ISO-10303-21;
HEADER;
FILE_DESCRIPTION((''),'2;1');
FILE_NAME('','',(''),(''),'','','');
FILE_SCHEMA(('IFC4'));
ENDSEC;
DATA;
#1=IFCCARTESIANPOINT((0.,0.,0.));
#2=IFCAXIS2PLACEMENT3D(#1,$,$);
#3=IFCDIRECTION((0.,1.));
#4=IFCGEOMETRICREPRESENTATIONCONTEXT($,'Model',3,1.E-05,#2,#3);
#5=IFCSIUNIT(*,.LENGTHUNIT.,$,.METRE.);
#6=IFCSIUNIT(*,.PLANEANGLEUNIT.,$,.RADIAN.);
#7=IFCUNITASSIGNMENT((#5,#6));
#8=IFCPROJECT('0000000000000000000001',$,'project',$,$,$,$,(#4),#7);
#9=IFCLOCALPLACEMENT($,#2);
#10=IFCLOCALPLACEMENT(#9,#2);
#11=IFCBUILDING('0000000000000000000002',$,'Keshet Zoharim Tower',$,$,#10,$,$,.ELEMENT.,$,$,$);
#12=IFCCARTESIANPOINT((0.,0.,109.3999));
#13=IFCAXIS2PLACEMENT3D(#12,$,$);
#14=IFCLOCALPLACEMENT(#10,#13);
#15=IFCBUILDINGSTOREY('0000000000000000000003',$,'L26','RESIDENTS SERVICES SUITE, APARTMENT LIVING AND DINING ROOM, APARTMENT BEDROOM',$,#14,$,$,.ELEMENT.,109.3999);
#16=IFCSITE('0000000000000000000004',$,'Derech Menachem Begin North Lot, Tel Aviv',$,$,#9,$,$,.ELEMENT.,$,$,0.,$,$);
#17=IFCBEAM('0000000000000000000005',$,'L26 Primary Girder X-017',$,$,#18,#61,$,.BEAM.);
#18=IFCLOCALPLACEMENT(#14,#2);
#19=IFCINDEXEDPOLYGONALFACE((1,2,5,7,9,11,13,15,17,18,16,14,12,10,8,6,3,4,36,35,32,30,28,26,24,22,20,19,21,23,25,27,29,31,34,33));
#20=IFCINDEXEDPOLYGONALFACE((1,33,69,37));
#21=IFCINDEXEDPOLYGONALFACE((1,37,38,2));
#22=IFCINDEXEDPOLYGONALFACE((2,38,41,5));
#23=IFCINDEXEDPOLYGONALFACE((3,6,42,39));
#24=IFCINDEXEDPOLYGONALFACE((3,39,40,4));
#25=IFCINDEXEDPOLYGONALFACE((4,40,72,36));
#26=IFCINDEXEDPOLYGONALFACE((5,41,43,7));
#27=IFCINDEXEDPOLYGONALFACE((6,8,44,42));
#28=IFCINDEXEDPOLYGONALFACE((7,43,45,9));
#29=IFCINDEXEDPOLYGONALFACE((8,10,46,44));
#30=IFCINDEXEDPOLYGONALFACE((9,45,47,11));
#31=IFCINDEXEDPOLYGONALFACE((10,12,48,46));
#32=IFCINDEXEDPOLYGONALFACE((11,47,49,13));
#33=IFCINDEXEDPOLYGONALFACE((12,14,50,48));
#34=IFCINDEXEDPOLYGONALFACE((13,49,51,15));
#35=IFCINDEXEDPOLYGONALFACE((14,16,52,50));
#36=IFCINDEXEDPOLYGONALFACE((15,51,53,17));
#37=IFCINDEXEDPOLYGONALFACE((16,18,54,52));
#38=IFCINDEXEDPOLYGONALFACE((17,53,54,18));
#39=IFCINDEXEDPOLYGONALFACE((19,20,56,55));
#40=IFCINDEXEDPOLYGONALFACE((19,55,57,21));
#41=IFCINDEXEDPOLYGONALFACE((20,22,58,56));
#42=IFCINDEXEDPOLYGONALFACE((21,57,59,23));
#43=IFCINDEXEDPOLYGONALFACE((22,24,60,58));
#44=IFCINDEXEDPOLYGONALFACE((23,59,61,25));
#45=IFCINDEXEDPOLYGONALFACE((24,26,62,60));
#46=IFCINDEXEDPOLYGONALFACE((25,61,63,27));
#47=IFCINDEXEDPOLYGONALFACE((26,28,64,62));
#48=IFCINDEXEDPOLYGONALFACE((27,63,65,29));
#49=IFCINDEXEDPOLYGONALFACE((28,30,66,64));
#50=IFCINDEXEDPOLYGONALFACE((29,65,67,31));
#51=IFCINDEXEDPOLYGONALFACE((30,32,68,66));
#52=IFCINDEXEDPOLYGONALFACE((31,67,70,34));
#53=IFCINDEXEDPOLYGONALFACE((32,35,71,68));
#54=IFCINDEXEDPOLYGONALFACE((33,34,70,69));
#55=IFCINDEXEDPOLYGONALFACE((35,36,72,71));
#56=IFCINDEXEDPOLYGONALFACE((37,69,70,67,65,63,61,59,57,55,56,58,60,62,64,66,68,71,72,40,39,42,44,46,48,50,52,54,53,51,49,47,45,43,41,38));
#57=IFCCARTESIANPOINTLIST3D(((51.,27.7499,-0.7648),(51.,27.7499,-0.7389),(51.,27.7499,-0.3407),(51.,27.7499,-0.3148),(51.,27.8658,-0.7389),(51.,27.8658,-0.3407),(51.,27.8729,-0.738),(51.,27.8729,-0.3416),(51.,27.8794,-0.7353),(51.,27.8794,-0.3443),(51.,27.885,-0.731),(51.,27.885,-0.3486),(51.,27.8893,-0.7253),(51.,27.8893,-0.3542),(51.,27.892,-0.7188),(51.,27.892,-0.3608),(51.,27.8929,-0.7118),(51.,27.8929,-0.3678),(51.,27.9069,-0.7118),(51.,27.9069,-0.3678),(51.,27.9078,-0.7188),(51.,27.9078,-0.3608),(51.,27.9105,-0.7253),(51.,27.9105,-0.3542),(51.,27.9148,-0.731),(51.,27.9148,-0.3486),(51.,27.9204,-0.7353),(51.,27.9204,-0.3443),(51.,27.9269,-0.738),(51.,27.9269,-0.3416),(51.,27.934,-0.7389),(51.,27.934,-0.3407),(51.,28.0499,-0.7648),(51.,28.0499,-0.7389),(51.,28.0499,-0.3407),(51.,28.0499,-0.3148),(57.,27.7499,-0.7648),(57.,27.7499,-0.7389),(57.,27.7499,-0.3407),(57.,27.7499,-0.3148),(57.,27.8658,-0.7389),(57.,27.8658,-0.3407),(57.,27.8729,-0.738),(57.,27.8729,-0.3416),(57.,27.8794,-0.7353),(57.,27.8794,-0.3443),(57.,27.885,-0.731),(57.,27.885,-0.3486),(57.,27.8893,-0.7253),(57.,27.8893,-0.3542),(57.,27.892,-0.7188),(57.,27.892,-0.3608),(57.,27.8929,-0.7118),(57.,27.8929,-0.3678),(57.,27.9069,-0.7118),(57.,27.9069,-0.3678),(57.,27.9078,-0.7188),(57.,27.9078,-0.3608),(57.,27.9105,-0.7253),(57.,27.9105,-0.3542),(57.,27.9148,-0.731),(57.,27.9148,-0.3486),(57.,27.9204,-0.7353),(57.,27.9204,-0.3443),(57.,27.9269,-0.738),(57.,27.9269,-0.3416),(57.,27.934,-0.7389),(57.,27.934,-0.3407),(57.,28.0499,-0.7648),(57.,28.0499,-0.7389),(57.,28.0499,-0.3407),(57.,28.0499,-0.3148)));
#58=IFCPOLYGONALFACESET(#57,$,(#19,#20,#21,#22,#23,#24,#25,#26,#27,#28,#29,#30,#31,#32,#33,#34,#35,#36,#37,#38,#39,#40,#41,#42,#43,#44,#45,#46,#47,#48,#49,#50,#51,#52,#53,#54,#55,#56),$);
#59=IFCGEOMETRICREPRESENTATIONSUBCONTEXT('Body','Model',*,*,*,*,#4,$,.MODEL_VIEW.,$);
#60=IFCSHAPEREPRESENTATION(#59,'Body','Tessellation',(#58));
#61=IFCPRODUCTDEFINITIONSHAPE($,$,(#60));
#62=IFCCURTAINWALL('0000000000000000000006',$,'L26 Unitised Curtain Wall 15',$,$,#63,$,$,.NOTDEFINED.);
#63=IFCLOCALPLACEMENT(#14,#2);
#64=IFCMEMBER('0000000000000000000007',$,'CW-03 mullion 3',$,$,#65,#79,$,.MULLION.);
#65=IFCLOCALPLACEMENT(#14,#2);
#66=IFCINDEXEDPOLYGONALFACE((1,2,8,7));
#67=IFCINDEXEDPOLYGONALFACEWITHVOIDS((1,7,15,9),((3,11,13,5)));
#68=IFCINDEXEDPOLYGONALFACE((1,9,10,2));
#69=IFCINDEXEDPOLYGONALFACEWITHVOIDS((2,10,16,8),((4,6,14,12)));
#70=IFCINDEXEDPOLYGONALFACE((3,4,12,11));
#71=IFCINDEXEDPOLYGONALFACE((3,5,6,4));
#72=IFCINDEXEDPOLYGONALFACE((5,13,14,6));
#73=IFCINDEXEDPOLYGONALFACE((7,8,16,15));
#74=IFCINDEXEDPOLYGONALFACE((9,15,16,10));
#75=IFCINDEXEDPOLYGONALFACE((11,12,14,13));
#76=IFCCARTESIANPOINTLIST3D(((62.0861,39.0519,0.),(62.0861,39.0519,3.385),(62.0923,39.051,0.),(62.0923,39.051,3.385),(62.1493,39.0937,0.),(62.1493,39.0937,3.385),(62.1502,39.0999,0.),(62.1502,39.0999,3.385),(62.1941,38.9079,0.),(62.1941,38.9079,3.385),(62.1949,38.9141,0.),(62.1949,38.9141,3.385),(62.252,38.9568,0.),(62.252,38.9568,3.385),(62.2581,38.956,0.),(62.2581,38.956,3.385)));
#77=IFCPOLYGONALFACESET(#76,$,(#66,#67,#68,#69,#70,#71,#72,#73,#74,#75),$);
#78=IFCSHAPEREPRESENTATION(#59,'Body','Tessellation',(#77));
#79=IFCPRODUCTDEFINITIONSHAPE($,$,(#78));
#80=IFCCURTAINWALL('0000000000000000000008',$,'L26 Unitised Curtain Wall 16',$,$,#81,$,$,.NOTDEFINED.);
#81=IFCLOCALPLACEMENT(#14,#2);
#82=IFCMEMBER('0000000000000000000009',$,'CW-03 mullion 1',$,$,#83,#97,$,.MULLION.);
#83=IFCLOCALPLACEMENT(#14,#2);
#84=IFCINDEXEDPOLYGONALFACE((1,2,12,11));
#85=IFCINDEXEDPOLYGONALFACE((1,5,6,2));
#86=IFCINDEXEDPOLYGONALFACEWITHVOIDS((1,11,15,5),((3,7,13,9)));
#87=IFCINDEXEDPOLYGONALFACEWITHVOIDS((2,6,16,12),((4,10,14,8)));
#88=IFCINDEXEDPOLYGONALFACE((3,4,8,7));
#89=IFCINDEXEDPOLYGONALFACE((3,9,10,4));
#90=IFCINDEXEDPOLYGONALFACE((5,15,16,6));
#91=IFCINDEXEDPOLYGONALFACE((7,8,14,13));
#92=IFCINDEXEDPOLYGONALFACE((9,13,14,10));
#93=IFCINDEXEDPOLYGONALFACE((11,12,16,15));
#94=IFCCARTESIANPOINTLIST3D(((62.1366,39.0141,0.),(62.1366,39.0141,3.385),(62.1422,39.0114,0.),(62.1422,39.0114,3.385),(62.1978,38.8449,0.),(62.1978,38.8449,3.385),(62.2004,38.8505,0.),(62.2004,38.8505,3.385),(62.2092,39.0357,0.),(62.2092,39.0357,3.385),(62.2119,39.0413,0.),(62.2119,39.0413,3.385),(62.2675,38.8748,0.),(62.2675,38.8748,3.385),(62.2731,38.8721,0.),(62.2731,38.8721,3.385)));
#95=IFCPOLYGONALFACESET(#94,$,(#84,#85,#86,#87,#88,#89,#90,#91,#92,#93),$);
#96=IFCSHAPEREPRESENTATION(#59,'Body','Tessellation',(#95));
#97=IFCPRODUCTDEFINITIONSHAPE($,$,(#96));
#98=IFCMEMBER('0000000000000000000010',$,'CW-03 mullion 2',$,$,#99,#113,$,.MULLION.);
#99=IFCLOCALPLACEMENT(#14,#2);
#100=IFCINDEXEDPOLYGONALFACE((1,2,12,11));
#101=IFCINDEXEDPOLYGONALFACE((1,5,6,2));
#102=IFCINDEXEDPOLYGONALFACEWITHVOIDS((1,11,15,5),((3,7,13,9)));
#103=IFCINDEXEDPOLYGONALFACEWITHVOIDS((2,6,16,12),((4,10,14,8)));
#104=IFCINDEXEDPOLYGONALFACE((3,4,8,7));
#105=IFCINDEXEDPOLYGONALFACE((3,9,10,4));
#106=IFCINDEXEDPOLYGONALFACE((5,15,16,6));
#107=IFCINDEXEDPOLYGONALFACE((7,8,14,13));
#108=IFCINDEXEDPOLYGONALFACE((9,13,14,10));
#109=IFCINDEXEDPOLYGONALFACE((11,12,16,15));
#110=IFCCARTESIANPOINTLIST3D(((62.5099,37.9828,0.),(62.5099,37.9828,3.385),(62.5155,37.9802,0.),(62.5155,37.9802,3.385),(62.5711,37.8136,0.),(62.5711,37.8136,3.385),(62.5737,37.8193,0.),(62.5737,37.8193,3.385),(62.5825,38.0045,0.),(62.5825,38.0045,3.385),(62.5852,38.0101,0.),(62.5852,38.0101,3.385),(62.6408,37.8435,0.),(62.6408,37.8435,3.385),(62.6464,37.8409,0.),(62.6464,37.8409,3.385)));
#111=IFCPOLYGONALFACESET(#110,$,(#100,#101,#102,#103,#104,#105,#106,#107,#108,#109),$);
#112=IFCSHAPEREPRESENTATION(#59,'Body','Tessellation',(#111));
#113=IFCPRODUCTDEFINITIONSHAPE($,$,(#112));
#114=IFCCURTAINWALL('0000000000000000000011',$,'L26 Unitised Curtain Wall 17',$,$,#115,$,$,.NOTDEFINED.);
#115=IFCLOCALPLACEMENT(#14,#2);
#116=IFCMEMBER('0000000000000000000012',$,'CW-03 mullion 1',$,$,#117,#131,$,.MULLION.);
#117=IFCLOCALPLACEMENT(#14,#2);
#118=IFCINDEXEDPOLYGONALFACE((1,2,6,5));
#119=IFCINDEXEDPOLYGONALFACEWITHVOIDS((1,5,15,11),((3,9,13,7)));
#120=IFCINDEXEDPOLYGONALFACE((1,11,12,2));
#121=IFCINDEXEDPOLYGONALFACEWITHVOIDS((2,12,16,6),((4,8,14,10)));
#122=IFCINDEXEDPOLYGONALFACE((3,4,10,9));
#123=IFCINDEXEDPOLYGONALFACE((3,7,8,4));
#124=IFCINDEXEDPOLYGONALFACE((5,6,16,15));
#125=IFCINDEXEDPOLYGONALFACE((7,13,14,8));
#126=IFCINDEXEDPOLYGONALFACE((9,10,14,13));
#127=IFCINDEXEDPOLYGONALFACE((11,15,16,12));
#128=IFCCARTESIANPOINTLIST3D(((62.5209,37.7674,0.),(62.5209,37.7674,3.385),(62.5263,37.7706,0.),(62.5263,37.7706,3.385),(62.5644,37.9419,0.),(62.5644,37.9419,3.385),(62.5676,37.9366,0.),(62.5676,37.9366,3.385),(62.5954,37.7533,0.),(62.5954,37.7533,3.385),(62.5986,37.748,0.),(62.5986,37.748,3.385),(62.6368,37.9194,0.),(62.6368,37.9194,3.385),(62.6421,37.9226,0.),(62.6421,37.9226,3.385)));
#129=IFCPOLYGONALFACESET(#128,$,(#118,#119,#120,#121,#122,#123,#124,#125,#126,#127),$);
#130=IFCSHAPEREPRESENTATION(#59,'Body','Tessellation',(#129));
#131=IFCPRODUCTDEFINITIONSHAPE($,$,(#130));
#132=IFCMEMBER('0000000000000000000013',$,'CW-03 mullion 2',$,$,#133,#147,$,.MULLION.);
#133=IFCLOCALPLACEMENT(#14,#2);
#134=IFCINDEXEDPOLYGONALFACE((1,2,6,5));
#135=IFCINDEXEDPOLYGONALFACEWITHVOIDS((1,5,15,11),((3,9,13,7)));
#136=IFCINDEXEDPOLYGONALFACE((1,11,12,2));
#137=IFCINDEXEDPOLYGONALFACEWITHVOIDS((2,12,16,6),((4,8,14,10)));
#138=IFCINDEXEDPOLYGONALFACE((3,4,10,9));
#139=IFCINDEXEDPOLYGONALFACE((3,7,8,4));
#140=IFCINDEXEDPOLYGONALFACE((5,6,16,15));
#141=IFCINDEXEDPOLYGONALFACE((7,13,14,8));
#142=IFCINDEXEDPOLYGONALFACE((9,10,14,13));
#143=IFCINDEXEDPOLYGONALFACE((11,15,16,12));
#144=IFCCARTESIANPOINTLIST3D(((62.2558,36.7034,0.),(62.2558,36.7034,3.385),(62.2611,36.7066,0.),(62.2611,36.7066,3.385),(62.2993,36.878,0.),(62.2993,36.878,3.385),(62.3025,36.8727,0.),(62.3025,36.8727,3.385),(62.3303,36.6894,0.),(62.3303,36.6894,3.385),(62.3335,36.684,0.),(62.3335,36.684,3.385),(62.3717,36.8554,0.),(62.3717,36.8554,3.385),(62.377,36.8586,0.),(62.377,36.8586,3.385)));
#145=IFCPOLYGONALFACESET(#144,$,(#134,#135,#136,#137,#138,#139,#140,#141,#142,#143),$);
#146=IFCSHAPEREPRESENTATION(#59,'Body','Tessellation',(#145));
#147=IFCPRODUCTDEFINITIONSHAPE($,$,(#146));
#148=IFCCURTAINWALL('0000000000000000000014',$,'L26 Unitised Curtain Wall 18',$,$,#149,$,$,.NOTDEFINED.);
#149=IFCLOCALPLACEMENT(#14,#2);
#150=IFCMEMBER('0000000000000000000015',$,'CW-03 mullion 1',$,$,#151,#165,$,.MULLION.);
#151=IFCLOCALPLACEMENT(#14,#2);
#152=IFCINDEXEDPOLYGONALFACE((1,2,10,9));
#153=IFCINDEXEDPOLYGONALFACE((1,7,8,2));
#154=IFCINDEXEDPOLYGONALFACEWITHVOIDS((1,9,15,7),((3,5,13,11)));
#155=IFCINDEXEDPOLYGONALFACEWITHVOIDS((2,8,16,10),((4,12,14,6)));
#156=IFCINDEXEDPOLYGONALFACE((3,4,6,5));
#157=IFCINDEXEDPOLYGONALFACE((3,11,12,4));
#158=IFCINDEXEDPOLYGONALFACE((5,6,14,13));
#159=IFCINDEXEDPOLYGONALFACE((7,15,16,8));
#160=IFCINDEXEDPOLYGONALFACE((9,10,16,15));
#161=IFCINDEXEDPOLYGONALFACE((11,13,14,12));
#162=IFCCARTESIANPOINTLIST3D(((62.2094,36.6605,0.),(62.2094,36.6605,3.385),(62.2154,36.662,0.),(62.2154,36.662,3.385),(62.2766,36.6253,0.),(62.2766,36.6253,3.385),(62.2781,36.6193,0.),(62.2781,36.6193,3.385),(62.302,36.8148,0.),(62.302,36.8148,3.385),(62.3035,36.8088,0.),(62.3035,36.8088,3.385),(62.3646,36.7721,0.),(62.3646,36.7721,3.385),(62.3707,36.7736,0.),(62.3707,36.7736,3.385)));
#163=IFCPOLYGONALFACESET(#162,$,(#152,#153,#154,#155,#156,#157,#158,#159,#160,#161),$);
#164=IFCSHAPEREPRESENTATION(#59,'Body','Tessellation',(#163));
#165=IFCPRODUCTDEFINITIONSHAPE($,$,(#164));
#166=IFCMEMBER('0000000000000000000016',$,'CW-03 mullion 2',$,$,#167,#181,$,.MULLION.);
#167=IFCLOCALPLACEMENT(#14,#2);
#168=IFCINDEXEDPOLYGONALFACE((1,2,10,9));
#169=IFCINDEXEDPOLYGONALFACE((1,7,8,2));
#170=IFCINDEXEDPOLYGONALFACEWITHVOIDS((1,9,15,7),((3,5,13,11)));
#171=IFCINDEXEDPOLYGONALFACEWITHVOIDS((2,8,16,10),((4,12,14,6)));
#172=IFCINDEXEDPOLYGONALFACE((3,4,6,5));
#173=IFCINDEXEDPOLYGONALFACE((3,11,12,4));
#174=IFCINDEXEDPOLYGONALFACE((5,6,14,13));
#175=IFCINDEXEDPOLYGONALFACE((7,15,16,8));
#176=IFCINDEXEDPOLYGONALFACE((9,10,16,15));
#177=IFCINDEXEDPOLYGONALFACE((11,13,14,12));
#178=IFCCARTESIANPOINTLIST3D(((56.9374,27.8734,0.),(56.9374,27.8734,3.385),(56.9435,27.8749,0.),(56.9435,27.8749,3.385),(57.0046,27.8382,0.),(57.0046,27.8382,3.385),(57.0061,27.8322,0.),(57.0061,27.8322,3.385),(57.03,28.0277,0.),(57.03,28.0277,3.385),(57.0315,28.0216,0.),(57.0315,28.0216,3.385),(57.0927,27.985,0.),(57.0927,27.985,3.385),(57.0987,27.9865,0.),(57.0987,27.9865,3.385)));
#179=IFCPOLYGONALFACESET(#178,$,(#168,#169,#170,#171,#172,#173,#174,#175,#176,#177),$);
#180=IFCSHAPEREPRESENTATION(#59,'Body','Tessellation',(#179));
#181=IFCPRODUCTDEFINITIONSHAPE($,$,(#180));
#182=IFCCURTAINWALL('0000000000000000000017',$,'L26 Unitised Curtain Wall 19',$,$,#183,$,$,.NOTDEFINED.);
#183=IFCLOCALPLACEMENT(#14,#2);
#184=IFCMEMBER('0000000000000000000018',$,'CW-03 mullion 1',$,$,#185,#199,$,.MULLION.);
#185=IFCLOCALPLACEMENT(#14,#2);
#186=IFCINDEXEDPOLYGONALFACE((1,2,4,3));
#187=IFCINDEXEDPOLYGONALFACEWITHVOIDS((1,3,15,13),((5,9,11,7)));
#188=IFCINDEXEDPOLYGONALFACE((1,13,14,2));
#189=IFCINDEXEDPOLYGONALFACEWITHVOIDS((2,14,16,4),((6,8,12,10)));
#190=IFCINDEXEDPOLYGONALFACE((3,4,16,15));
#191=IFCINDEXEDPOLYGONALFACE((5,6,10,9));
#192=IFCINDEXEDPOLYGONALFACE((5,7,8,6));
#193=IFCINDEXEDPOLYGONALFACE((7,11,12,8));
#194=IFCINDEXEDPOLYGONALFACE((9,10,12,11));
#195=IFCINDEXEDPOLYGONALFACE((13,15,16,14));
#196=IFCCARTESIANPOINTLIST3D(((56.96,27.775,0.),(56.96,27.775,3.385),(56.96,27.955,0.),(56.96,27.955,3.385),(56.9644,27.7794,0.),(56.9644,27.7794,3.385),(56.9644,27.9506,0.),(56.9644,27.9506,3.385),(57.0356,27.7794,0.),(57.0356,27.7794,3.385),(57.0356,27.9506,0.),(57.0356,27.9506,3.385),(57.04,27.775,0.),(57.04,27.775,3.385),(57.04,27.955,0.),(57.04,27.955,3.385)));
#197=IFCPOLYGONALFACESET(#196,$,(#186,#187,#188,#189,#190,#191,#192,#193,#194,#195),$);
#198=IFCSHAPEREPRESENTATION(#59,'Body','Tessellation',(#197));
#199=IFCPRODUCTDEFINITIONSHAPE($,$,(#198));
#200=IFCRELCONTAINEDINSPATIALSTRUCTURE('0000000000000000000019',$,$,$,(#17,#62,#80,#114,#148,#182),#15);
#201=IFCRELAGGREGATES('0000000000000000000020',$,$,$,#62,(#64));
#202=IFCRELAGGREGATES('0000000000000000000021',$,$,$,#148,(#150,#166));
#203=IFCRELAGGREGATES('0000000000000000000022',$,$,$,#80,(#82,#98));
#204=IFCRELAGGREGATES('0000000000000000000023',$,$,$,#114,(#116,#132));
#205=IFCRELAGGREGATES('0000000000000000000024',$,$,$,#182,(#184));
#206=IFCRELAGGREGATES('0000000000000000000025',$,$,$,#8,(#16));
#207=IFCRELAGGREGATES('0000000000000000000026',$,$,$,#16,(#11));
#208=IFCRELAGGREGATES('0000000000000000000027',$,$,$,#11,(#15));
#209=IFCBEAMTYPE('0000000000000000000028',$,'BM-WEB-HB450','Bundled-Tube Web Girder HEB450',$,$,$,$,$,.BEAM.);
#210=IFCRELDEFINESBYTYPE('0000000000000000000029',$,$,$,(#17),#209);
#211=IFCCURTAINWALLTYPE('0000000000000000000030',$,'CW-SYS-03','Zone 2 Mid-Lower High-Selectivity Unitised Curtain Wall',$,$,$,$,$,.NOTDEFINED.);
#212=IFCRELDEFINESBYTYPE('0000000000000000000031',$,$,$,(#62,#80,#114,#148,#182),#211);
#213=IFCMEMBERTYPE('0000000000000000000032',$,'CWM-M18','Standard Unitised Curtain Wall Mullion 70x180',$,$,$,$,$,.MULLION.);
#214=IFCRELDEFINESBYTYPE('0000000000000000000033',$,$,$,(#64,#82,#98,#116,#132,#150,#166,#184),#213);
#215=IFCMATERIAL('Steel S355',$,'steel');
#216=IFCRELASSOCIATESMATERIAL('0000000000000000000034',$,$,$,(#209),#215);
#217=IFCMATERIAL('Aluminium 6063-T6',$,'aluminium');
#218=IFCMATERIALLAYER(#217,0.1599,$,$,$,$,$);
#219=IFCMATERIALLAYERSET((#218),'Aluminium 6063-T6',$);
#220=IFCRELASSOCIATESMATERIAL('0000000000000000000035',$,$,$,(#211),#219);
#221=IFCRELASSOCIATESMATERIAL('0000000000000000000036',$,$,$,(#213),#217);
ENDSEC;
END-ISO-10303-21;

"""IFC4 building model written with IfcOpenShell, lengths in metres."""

from ifc_helpers import new_model, si_unit, direction, frame, origin, origin_2d, place, context, subcontext, project, spatial, hollow_rectangle, i_section, extrude, material, layer, layer_set, material_profile, profile_set, type_object, element, aggregate, save


model = new_model("IFC4")

# Units and contexts
model_context = context("Model", 3, precision=1e-05, world=origin(), true_north=direction((0.0, 1.0)))
body_context = subcontext(model_context, "Body", "Model", "MODEL_VIEW")
ifc_project = project(units=[si_unit("LENGTHUNIT", "METRE"), si_unit("PLANEANGLEUNIT", "RADIAN")], contexts=[model_context])

# Site, building, storey
site_placement = place(None, origin())
site = spatial("IfcSite", under=ifc_project, at=site_placement, Name="Derech Menachem Begin North Lot, Tel Aviv", CompositionType="ELEMENT", RefElevation=0.0)
building_placement = place(site_placement, origin())
building = spatial("IfcBuilding", under=site, at=building_placement, Name="Keshet Zoharim Tower", CompositionType="ELEMENT")
storey_placement = place(building_placement, frame((0.0, 0.0, 109.3999)))
storey = spatial("IfcBuildingStorey", under=building, at=storey_placement, Name="L26", Description="RESIDENTS SERVICES SUITE, APARTMENT LIVING AND DINING ROOM, APARTMENT BEDROOM", CompositionType="ELEMENT", Elevation=109.3999)

# Shared definitions
ifc_material_1 = material(Name="Steel S355", Category="steel")

# Beam
ifc_material_profile_1 = material_profile(ifc_material_1, i_section(OverallWidth=0.3, OverallDepth=0.45, WebThickness=0.0139, FlangeThickness=0.0259, FilletRadius=0.0271, at=origin_2d()), Name="HEB450")
ifc_profile_set_1 = profile_set([ifc_material_profile_1], Name="Steel S355")
beam_type_1 = type_object("IfcBeamType", Name="BM-WEB-HB450", Description="Bundled-Tube Web Girder HEB450", PredefinedType="BEAM", material=ifc_profile_set_1)
beam_1_placement = place(storey_placement, frame((51.0, 27.8999, -0.5398), z_axis=(1.0, 0.0, 0.0), x_axis=(0.0, 1.0, 0.0)))
element("IfcBeam", 1, at=beam_1_placement, inside=storey, type_object=beam_type_1, Name="L26 Primary Girder X-017", PredefinedType="BEAM", context=body_context, shape_type="SweptSolid", body=[
    extrude(i_section(OverallWidth=0.3, OverallDepth=0.45, WebThickness=0.0139, FlangeThickness=0.0259, FilletRadius=0.0271, at=origin_2d()), origin(), (0.0, 0.0, 1.0), 6.0),
])

# Curtain wall, member
ifc_material_2 = material(Name="Aluminium 6063-T6", Category="aluminium")
ifc_layer_1 = layer(ifc_material_2, 0.1599)
ifc_layer_set_1 = layer_set([ifc_layer_1], Name="Aluminium 6063-T6")
curtain_wall_type = type_object("IfcCurtainWallType", Name="CW-SYS-03", Description="Zone 2 Mid-Lower High-Selectivity Unitised Curtain Wall", PredefinedType="NOTDEFINED", material=ifc_layer_set_1)
curtain_wall_1_placement = place(storey_placement, origin())
curtain_wall_1 = element("IfcCurtainWall", 2, at=curtain_wall_1_placement, inside=storey, type_object=curtain_wall_type, Name="L26 Unitised Curtain Wall 15", PredefinedType="NOTDEFINED")
ifc_material_profile_2 = material_profile(ifc_material_2, hollow_rectangle(XDim=0.0801, YDim=0.1799, WallThickness=0.0044, at=origin_2d()), Name="MUL-80x180")
ifc_profile_set_2 = profile_set([ifc_material_profile_2], Name="Aluminium 6063-T6")
member_type_1 = type_object("IfcMemberType", Name="CWM-M18", Description="Standard Unitised Curtain Wall Mullion 70x180", PredefinedType="MULLION", material=ifc_profile_set_2)
member_1_placement = place(storey_placement, frame((62.1721, 39.0039, 0.0), z_axis=(0.0, 0.0, 1.0), x_axis=(0.8, 0.6, 0.0)))
member_1 = element("IfcMember", 3, at=member_1_placement, type_object=member_type_1, Name="CW-03 mullion 3", PredefinedType="MULLION", context=body_context, shape_type="SweptSolid", body=[
    extrude(hollow_rectangle(XDim=0.0801, YDim=0.1799, WallThickness=0.0044, at=origin_2d()), origin(), (0.0, 0.0, 1.0), 3.385),
])
aggregate(curtain_wall_1, [member_1])

# Curtain walls, members
curtain_wall_2_placement = place(storey_placement, origin())
curtain_wall_2 = element("IfcCurtainWall", 4, at=curtain_wall_2_placement, inside=storey, type_object=curtain_wall_type, Name="L26 Unitised Curtain Wall 16", PredefinedType="NOTDEFINED")
member_2_placement = place(storey_placement, frame((62.2048, 38.9431, 0.0), z_axis=(0.0, 0.0, 1.0), x_axis=(0.940318, 0.340297, 0.0)))
member_2 = element("IfcMember", 5, at=member_2_placement, type_object=member_type_1, Name="CW-03 mullion 1", PredefinedType="MULLION", context=body_context, shape_type="SweptSolid", body=[
    extrude(hollow_rectangle(XDim=0.0801, YDim=0.1799, WallThickness=0.0044, at=origin_2d()), origin(), (0.0, 0.0, 1.0), 3.385),
])
member_3_placement = place(storey_placement, frame((62.5781, 37.9119, 0.0), z_axis=(0.0, 0.0, 1.0), x_axis=(0.940318, 0.340297, 0.0)))
member_3 = element("IfcMember", 6, at=member_3_placement, type_object=member_type_1, Name="CW-03 mullion 2", PredefinedType="MULLION", context=body_context, shape_type="SweptSolid", body=[
    extrude(hollow_rectangle(XDim=0.0801, YDim=0.1799, WallThickness=0.0044, at=origin_2d()), origin(), (0.0, 0.0, 1.0), 3.385),
])
curtain_wall_3_placement = place(storey_placement, origin())
curtain_wall_3 = element("IfcCurtainWall", 7, at=curtain_wall_3_placement, inside=storey, type_object=curtain_wall_type, Name="L26 Unitised Curtain Wall 17", PredefinedType="NOTDEFINED")
member_4_placement = place(storey_placement, frame((62.5815, 37.845, 0.0), z_axis=(0.0, 0.0, 1.0), x_axis=(0.970344, -0.241729, 0.0)))
member_4 = element("IfcMember", 8, at=member_4_placement, type_object=member_type_1, Name="CW-03 mullion 1", PredefinedType="MULLION", context=body_context, shape_type="SweptSolid", body=[
    extrude(hollow_rectangle(XDim=0.0801, YDim=0.1799, WallThickness=0.0044, at=origin_2d()), origin(), (0.0, 0.0, 1.0), 3.385),
])
member_5_placement = place(storey_placement, frame((62.3164, 36.781, 0.0), z_axis=(0.0, 0.0, 1.0), x_axis=(0.970344, -0.241729, 0.0)))
member_5 = element("IfcMember", 9, at=member_5_placement, type_object=member_type_1, Name="CW-03 mullion 2", PredefinedType="MULLION", context=body_context, shape_type="SweptSolid", body=[
    extrude(hollow_rectangle(XDim=0.0801, YDim=0.1799, WallThickness=0.0044, at=origin_2d()), origin(), (0.0, 0.0, 1.0), 3.385),
])
curtain_wall_4_placement = place(storey_placement, origin())
curtain_wall_4 = element("IfcCurtainWall", 10, at=curtain_wall_4_placement, inside=storey, type_object=curtain_wall_type, Name="L26 Unitised Curtain Wall 18", PredefinedType="NOTDEFINED")
member_6_placement = place(storey_placement, frame((62.29, 36.717, 0.0), z_axis=(0.0, 0.0, 1.0), x_axis=(0.857501, -0.514482, 0.0)))
member_6 = element("IfcMember", 11, at=member_6_placement, type_object=member_type_1, Name="CW-03 mullion 1", PredefinedType="MULLION", context=body_context, shape_type="SweptSolid", body=[
    extrude(hollow_rectangle(XDim=0.0801, YDim=0.1799, WallThickness=0.0044, at=origin_2d()), origin(), (0.0, 0.0, 1.0), 3.385),
])
member_7_placement = place(storey_placement, frame((57.0181, 27.9299, 0.0), z_axis=(0.0, 0.0, 1.0), x_axis=(0.857501, -0.514482, 0.0)))
member_7 = element("IfcMember", 12, at=member_7_placement, type_object=member_type_1, Name="CW-03 mullion 2", PredefinedType="MULLION", context=body_context, shape_type="SweptSolid", body=[
    extrude(hollow_rectangle(XDim=0.0801, YDim=0.1799, WallThickness=0.0044, at=origin_2d()), origin(), (0.0, 0.0, 1.0), 3.385),
])

# Curtain wall, member
curtain_wall_5_placement = place(storey_placement, origin())
curtain_wall_5 = element("IfcCurtainWall", 13, at=curtain_wall_5_placement, inside=storey, type_object=curtain_wall_type, Name="L26 Unitised Curtain Wall 19", PredefinedType="NOTDEFINED")
member_8_placement = place(storey_placement, frame((57.0, 27.865, 0.0), z_axis=(0.0, 0.0, 1.0), x_axis=(1.0, 0.0, 0.0)))
member_8 = element("IfcMember", 14, at=member_8_placement, type_object=member_type_1, Name="CW-03 mullion 1", PredefinedType="MULLION", context=body_context, shape_type="SweptSolid", body=[
    extrude(hollow_rectangle(XDim=0.0801, YDim=0.1799, WallThickness=0.0044, at=origin_2d()), origin(), (0.0, 0.0, 1.0), 3.385),
])

aggregate(curtain_wall_4, [member_6, member_7])
aggregate(curtain_wall_2, [member_2, member_3])
aggregate(curtain_wall_3, [member_4, member_5])
aggregate(curtain_wall_5, [member_8])

save(model, "model.ifc")
